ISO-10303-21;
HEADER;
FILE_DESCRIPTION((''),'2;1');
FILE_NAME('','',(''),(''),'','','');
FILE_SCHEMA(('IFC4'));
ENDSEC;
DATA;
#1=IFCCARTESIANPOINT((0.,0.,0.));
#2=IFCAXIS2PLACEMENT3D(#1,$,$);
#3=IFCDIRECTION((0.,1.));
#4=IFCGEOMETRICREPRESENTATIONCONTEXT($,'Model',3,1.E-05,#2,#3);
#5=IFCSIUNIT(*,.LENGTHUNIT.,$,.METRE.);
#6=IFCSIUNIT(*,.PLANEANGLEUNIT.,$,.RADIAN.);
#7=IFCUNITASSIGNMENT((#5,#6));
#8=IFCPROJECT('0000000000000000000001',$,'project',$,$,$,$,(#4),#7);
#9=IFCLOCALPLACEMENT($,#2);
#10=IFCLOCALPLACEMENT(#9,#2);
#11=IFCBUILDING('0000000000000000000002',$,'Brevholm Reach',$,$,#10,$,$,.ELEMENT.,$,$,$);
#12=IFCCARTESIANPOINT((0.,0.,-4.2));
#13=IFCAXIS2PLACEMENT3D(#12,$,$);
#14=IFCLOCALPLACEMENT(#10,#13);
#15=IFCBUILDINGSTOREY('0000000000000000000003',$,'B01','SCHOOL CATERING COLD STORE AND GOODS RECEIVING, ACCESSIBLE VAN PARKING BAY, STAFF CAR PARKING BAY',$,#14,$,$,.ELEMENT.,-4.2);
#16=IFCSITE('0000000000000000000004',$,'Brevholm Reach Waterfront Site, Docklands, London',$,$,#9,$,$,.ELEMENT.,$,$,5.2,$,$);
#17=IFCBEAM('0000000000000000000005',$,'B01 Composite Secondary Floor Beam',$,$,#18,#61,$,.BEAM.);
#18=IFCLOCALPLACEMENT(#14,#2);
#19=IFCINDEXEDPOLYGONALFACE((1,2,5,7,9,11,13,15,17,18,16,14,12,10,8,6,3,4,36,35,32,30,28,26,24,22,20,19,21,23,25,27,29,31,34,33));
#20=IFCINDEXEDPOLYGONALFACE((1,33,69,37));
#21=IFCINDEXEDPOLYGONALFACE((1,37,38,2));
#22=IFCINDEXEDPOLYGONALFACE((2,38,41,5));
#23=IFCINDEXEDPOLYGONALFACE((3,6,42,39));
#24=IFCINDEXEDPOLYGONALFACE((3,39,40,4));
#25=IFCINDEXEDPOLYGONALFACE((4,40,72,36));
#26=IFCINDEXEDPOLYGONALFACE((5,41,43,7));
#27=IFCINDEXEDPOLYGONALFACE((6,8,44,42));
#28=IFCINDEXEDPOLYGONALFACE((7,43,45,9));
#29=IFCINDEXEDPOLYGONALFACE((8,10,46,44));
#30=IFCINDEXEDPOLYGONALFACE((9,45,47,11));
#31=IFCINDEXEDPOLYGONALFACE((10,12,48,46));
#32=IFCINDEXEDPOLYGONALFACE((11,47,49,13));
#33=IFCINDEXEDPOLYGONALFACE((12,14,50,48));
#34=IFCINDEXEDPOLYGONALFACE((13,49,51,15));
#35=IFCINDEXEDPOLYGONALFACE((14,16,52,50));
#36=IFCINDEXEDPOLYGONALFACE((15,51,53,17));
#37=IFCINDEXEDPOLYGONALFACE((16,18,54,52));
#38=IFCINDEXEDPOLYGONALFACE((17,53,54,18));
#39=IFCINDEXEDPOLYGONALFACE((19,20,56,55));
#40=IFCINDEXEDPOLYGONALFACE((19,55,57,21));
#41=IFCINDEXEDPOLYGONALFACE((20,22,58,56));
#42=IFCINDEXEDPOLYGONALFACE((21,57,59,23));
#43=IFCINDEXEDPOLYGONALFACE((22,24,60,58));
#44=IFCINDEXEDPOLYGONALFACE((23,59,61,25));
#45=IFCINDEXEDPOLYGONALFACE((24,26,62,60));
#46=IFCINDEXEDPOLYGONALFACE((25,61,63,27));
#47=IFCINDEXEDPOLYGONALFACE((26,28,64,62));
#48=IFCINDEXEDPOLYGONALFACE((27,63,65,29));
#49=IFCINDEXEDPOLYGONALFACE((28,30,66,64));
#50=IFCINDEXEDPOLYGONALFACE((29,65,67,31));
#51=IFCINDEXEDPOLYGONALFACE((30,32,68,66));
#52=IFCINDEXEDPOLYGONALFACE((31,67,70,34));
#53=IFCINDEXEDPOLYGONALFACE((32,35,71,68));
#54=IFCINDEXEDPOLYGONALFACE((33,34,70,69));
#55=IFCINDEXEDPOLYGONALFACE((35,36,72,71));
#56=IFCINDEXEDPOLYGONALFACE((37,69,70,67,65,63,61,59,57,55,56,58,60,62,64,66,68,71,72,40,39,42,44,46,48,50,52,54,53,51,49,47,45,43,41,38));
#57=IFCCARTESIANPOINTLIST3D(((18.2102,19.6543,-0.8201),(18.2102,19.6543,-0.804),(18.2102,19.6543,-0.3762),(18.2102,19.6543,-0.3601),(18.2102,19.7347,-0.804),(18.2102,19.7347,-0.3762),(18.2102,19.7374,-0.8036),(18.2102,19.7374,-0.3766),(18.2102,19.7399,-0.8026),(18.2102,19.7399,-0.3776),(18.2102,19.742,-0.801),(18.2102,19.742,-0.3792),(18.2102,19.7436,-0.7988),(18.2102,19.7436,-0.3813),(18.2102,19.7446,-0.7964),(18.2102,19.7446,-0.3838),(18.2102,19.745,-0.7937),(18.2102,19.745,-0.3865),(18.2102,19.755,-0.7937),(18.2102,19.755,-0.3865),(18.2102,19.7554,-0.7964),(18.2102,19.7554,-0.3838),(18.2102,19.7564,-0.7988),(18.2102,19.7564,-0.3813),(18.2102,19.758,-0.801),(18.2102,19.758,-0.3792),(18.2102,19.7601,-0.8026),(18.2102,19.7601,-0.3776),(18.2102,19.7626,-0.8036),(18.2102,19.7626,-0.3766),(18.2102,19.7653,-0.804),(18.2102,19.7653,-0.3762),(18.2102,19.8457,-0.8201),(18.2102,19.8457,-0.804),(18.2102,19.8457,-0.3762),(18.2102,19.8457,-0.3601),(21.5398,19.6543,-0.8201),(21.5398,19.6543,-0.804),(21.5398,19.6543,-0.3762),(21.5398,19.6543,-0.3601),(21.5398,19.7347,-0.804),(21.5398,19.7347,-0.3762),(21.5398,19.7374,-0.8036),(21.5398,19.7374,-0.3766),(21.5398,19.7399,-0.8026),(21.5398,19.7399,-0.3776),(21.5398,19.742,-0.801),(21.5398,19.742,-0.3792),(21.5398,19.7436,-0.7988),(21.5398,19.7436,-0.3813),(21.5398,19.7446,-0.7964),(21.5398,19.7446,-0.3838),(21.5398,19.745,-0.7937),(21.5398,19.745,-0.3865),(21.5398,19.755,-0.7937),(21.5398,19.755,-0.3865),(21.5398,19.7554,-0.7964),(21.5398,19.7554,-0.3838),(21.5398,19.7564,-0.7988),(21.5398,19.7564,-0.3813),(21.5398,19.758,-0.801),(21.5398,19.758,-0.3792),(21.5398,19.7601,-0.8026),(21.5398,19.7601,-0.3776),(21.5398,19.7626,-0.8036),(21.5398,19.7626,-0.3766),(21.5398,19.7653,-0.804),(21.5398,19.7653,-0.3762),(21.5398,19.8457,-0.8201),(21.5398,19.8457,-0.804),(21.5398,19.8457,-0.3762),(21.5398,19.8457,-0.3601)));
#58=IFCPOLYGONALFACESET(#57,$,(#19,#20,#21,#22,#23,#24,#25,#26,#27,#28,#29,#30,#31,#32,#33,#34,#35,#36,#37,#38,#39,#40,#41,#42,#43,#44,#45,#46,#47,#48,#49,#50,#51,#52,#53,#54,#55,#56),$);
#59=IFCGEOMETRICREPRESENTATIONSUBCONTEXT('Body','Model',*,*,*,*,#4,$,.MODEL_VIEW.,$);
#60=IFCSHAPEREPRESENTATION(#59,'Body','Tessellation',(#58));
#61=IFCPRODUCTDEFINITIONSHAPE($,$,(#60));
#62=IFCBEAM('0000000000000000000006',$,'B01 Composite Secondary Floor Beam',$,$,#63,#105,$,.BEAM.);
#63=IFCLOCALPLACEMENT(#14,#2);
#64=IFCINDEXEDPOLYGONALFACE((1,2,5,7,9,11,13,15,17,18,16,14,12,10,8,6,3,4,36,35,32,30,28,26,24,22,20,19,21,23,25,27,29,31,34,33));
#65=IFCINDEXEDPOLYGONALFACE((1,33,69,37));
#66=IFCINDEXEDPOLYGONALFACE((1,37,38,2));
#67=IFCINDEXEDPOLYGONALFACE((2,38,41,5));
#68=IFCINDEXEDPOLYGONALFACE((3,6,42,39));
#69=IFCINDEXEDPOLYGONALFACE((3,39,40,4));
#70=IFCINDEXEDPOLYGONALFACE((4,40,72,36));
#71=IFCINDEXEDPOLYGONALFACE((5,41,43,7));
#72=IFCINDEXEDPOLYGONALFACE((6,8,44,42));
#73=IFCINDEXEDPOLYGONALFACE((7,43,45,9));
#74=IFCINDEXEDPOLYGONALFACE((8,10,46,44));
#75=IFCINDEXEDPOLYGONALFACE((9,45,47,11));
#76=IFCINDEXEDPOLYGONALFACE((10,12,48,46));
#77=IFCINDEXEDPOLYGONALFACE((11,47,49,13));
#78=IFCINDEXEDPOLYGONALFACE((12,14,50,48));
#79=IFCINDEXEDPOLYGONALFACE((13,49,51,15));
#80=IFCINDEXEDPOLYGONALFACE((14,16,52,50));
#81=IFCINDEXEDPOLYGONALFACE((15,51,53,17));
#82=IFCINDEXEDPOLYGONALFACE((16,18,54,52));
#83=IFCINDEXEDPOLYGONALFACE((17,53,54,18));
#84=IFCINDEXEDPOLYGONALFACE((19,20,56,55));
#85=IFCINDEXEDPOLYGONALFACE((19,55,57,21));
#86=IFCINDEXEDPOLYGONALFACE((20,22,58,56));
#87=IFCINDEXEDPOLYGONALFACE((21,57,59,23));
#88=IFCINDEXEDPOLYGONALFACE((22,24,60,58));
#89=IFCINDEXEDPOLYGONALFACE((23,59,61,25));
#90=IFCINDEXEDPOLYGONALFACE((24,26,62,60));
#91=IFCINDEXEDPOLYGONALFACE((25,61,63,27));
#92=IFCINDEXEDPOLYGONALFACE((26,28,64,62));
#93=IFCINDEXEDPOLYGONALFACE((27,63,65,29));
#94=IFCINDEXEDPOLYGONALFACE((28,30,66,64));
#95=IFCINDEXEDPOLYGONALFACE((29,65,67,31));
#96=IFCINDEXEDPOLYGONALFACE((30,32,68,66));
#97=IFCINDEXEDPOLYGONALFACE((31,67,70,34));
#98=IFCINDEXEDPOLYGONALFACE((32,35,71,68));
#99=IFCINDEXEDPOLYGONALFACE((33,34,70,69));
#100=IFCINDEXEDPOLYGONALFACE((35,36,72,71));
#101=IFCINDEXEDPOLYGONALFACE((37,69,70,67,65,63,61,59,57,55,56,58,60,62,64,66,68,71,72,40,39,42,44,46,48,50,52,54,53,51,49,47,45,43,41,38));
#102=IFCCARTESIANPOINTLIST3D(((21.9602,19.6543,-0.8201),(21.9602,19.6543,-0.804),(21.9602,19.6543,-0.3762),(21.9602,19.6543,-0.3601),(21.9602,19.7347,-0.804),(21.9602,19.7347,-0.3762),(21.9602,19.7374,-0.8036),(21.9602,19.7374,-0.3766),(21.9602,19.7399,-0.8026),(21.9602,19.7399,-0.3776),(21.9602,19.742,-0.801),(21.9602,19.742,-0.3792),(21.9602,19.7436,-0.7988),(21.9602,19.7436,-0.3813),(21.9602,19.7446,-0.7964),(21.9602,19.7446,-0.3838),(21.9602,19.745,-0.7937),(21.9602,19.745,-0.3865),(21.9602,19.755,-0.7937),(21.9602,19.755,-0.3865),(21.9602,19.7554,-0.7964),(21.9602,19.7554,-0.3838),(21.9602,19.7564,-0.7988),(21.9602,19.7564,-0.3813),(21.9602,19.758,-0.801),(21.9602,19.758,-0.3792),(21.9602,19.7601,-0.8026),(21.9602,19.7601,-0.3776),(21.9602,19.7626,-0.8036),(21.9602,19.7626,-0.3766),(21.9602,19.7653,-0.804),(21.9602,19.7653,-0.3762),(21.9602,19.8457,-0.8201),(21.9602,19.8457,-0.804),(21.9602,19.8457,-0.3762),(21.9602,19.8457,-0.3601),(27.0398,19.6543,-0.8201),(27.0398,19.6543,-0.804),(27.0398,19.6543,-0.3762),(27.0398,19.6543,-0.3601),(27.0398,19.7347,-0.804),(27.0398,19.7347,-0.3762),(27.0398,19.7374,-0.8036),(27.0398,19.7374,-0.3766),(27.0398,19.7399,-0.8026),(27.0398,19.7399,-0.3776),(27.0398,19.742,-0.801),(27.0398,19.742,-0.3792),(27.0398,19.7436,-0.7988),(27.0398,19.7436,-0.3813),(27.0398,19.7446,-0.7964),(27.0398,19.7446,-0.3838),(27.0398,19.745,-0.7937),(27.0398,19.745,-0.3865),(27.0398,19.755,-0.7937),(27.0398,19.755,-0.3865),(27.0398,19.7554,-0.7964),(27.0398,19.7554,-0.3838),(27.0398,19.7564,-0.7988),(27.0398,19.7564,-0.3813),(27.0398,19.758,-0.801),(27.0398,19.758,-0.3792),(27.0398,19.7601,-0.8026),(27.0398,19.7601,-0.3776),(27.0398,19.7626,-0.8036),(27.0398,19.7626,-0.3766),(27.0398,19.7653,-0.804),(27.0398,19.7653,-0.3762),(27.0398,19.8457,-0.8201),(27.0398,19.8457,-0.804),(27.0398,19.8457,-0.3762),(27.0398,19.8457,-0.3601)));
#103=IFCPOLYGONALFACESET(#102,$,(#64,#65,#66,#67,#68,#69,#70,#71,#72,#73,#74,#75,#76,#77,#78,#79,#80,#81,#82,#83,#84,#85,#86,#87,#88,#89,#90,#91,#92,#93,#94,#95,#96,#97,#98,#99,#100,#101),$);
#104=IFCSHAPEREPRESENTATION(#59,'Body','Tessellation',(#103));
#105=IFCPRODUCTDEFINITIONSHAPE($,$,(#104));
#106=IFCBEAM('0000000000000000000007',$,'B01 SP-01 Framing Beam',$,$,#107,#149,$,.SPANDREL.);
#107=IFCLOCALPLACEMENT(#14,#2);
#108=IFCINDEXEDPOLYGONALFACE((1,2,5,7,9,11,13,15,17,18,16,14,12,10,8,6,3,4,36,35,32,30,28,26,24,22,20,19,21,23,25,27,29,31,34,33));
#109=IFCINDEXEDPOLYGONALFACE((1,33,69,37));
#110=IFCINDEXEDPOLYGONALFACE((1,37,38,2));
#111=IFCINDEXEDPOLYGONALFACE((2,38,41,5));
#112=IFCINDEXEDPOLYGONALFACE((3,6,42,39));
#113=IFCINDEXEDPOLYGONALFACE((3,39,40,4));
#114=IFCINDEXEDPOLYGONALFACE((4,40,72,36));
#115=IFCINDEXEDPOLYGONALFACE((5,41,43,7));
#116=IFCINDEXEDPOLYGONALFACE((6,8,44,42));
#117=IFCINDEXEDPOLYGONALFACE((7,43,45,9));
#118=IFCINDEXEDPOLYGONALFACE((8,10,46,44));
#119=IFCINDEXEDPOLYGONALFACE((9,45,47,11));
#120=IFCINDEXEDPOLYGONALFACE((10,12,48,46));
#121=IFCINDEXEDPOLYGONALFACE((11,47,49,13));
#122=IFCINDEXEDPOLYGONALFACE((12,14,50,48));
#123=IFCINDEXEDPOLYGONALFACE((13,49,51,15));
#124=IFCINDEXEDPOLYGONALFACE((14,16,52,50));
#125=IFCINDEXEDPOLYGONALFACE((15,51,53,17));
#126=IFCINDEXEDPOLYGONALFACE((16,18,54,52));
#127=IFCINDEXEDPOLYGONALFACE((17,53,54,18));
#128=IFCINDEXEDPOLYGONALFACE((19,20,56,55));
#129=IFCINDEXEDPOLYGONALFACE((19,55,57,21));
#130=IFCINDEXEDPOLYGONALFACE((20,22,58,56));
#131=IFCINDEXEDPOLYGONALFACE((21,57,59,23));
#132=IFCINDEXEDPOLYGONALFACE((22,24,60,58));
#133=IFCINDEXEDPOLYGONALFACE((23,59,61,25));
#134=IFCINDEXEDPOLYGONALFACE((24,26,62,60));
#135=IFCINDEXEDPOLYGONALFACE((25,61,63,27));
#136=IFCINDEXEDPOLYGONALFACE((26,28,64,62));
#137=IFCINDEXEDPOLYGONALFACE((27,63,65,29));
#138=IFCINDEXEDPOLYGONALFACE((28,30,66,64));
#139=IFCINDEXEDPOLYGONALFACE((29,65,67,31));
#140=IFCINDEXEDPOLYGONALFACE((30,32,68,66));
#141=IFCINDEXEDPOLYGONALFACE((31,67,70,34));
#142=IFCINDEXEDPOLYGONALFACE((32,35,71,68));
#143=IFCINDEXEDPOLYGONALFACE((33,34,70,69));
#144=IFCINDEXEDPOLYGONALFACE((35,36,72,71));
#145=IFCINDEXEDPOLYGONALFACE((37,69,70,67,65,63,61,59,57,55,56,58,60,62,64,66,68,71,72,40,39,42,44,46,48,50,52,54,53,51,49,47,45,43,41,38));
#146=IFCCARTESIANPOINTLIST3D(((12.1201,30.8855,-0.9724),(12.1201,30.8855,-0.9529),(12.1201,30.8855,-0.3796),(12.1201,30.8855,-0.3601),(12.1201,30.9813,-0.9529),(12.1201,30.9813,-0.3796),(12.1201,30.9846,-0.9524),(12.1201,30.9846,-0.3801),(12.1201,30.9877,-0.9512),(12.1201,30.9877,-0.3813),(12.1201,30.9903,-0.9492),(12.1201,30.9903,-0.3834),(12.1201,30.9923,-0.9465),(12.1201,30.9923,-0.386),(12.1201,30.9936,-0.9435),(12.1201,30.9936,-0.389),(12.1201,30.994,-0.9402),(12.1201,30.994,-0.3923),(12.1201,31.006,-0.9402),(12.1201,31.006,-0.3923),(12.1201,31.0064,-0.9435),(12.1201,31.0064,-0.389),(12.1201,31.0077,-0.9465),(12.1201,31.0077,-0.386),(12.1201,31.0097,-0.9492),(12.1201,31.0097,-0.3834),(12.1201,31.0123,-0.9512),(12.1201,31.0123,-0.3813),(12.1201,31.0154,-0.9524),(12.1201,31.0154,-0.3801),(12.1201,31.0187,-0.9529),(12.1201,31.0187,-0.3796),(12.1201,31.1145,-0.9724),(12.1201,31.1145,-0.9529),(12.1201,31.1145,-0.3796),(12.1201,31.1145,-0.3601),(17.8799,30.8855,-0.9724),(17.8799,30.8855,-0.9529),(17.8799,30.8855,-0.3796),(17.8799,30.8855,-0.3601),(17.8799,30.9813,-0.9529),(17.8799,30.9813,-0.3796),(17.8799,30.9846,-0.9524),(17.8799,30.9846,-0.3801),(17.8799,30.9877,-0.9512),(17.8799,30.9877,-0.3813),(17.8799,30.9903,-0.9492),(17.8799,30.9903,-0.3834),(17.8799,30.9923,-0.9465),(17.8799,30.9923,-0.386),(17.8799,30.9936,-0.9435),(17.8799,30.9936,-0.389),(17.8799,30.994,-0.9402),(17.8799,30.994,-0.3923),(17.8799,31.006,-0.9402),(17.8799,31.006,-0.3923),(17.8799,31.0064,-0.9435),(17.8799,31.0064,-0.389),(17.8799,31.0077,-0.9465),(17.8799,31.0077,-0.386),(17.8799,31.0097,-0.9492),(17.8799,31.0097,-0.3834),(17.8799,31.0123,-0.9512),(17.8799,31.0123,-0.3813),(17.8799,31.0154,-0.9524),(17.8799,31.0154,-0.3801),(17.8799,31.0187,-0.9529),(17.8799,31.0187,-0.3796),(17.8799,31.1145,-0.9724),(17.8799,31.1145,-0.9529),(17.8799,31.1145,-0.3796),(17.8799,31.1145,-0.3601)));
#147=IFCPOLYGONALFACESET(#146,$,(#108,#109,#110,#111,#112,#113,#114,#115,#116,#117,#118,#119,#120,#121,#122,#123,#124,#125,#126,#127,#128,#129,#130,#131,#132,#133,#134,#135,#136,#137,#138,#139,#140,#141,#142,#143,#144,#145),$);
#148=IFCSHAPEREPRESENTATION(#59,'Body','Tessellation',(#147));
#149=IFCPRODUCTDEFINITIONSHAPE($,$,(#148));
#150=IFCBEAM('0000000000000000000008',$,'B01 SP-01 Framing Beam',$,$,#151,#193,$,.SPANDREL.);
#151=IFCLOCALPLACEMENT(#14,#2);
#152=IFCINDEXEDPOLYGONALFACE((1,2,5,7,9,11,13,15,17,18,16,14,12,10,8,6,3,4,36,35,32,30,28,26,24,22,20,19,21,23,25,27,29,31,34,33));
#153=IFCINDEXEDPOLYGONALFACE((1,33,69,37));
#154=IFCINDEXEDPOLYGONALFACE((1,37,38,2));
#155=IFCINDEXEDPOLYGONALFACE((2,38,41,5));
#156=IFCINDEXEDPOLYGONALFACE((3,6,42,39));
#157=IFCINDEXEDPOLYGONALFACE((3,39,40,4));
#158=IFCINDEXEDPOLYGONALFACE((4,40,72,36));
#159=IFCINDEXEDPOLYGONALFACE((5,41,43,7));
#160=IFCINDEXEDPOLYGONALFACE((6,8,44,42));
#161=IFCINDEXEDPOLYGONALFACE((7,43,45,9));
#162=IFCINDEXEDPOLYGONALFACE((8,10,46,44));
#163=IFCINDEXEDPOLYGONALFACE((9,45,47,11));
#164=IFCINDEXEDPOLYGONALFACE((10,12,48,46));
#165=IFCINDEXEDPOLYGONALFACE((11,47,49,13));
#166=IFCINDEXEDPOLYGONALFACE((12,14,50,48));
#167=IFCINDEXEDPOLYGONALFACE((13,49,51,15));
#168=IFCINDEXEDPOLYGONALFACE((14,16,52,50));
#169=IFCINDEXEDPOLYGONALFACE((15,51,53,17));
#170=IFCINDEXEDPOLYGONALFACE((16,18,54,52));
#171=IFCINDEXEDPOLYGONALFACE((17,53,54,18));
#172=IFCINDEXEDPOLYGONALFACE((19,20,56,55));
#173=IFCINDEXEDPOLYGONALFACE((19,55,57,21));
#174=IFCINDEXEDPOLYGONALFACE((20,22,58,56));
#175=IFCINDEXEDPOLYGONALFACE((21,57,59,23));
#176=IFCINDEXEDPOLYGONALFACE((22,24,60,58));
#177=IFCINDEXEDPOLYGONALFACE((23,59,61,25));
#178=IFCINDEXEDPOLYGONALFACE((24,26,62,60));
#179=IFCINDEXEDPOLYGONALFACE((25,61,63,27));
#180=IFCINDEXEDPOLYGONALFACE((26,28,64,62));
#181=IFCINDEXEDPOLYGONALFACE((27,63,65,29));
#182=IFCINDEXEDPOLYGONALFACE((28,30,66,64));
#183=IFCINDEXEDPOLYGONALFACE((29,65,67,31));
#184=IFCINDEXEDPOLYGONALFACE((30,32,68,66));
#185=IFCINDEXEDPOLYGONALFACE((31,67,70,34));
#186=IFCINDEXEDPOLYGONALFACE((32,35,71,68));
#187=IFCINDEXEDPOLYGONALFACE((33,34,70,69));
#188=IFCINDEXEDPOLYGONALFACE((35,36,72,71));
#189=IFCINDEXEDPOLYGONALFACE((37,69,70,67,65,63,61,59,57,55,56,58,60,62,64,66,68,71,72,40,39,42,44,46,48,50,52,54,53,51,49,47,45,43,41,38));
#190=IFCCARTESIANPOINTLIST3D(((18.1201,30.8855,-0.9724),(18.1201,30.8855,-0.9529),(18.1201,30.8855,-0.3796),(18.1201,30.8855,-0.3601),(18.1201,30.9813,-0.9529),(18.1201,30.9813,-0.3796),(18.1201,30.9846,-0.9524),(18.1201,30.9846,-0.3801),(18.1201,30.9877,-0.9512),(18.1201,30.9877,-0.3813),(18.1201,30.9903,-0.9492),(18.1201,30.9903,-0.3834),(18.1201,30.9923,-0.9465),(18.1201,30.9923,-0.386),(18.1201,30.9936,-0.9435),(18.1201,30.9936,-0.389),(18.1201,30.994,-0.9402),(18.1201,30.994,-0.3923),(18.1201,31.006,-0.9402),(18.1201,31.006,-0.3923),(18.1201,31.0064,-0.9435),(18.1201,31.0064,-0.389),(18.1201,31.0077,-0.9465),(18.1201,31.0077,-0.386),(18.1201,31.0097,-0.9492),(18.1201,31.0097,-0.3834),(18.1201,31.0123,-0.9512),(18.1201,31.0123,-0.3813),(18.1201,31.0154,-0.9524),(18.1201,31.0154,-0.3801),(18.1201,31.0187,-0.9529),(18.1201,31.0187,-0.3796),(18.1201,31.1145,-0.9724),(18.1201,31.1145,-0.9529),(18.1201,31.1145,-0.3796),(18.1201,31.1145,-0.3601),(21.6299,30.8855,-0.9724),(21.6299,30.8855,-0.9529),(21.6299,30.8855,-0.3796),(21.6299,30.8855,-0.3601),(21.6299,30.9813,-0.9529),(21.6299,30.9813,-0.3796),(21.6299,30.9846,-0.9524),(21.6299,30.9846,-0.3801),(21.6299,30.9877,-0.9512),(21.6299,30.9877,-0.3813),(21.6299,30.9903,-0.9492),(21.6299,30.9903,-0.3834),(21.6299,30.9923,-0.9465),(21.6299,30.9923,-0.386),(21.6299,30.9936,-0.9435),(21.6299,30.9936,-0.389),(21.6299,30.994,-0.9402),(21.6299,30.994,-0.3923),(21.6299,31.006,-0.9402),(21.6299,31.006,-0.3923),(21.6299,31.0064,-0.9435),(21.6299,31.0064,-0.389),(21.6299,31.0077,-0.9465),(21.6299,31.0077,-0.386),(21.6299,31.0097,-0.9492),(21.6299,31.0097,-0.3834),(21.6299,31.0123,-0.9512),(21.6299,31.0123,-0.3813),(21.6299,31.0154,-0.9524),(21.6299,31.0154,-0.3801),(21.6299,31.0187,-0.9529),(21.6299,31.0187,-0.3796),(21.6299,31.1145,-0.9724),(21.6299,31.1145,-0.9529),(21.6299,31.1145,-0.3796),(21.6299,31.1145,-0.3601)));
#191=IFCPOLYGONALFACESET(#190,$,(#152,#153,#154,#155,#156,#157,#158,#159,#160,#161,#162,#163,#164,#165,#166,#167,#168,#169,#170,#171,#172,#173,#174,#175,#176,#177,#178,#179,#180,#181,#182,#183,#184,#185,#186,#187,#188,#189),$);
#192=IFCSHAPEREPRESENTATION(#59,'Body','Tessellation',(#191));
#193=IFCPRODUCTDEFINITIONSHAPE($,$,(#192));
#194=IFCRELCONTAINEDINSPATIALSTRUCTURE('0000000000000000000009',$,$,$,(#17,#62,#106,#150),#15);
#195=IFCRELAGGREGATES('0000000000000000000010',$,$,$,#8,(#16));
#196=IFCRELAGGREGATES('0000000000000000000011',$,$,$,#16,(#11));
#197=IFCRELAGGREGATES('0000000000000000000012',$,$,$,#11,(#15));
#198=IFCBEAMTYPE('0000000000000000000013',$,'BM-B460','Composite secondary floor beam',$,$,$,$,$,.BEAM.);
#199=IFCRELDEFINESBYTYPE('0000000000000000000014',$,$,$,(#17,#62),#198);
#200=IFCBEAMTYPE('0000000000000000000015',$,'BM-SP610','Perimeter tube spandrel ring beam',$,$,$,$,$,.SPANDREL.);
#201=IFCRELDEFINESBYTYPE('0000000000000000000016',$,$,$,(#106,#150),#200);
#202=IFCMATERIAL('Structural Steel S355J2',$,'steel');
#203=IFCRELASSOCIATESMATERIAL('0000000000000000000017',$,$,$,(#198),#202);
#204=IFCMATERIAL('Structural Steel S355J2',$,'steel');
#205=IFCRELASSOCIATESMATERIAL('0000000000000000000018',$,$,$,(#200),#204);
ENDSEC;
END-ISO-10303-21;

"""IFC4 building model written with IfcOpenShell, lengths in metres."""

from ifc_helpers import new_model, si_unit, direction, frame, origin, origin_2d, place, context, subcontext, project, spatial, i_section, extrude, material, material_profile, profile_set, type_object, element, save


model = new_model("IFC4")

# Units and contexts
model_context = context("Model", 3, precision=1e-05, world=origin(), true_north=direction((0.0, 1.0)))
body_context = subcontext(model_context, "Body", "Model", "MODEL_VIEW")
ifc_project = project(units=[si_unit("LENGTHUNIT", "METRE"), si_unit("PLANEANGLEUNIT", "RADIAN")], contexts=[model_context])

# Site, building, storey
site_placement = place(None, origin())
site = spatial("IfcSite", under=ifc_project, at=site_placement, Name="Brevholm Reach Waterfront Site, Docklands, London", CompositionType="ELEMENT", RefElevation=5.2)
building_placement = place(site_placement, origin())
building = spatial("IfcBuilding", under=site, at=building_placement, Name="Brevholm Reach", CompositionType="ELEMENT")
storey_placement = place(building_placement, frame((0.0, 0.0, -4.2)))
storey = spatial("IfcBuildingStorey", under=building, at=storey_placement, Name="B01", Description="SCHOOL CATERING COLD STORE AND GOODS RECEIVING, ACCESSIBLE VAN PARKING BAY, STAFF CAR PARKING BAY", CompositionType="ELEMENT", Elevation=-4.2)

# Beams
ifc_material_1 = material(Name="Structural Steel S355J2", Category="steel")
ifc_material_profile_1 = material_profile(ifc_material_1, i_section(OverallWidth=0.1914, OverallDepth=0.46, WebThickness=0.01, FlangeThickness=0.0161, FilletRadius=0.0103, at=origin_2d()), Name="UKB 457x191x82")
ifc_profile_set_1 = profile_set([ifc_material_profile_1], Name="Structural Steel S355J2")
beam_type_1 = type_object("IfcBeamType", Name="BM-B460", Description="Composite secondary floor beam", PredefinedType="BEAM", material=ifc_profile_set_1)
beam_1_placement = place(storey_placement, frame((18.2102, 19.75, -0.5901), z_axis=(1.0, 0.0, 0.0), x_axis=(0.0, 1.0, 0.0)))
element("IfcBeam", 1, at=beam_1_placement, inside=storey, type_object=beam_type_1, Name="B01 Composite Secondary Floor Beam", PredefinedType="BEAM", context=body_context, shape_type="SweptSolid", body=[
    extrude(i_section(OverallWidth=0.1914, OverallDepth=0.46, WebThickness=0.01, FlangeThickness=0.0161, FilletRadius=0.0103, at=origin_2d()), origin(), (0.0, 0.0, 1.0), 3.3296),
])
beam_2_placement = place(storey_placement, frame((21.9602, 19.75, -0.5901), z_axis=(1.0, 0.0, 0.0), x_axis=(0.0, 1.0, 0.0)))
element("IfcBeam", 2, at=beam_2_placement, inside=storey, type_object=beam_type_1, Name="B01 Composite Secondary Floor Beam", PredefinedType="BEAM", context=body_context, shape_type="SweptSolid", body=[
    extrude(i_section(OverallWidth=0.1914, OverallDepth=0.46, WebThickness=0.01, FlangeThickness=0.0161, FilletRadius=0.0103, at=origin_2d()), origin(), (0.0, 0.0, 1.0), 5.0796),
])
ifc_material_2 = material(Name="Structural Steel S355J2", Category="steel")
ifc_material_profile_2 = material_profile(ifc_material_2, i_section(OverallWidth=0.229, OverallDepth=0.6123, WebThickness=0.012, FlangeThickness=0.0195, FilletRadius=0.0127, at=origin_2d()), Name="UKB 610x229x125")
ifc_profile_set_2 = profile_set([ifc_material_profile_2], Name="Structural Steel S355J2")
beam_type_2 = type_object("IfcBeamType", Name="BM-SP610", Description="Perimeter tube spandrel ring beam", PredefinedType="SPANDREL", material=ifc_profile_set_2)
beam_3_placement = place(storey_placement, frame((12.1201, 31.0, -0.6663), z_axis=(1.0, 0.0, 0.0), x_axis=(0.0, 1.0, 0.0)))
element("IfcBeam", 3, at=beam_3_placement, inside=storey, type_object=beam_type_2, Name="B01 SP-01 Framing Beam", PredefinedType="SPANDREL", context=body_context, shape_type="SweptSolid", body=[
    extrude(i_section(OverallWidth=0.229, OverallDepth=0.6123, WebThickness=0.012, FlangeThickness=0.0195, FilletRadius=0.0127, at=origin_2d()), origin(), (0.0, 0.0, 1.0), 5.7598),
])
beam_4_placement = place(storey_placement, frame((18.1201, 31.0, -0.6663), z_axis=(1.0, 0.0, 0.0), x_axis=(0.0, 1.0, 0.0)))
element("IfcBeam", 4, at=beam_4_placement, inside=storey, type_object=beam_type_2, Name="B01 SP-01 Framing Beam", PredefinedType="SPANDREL", context=body_context, shape_type="SweptSolid", body=[
    extrude(i_section(OverallWidth=0.229, OverallDepth=0.6123, WebThickness=0.012, FlangeThickness=0.0195, FilletRadius=0.0127, at=origin_2d()), origin(), (0.0, 0.0, 1.0), 3.5098),
])

save(model, "model.ifc")
